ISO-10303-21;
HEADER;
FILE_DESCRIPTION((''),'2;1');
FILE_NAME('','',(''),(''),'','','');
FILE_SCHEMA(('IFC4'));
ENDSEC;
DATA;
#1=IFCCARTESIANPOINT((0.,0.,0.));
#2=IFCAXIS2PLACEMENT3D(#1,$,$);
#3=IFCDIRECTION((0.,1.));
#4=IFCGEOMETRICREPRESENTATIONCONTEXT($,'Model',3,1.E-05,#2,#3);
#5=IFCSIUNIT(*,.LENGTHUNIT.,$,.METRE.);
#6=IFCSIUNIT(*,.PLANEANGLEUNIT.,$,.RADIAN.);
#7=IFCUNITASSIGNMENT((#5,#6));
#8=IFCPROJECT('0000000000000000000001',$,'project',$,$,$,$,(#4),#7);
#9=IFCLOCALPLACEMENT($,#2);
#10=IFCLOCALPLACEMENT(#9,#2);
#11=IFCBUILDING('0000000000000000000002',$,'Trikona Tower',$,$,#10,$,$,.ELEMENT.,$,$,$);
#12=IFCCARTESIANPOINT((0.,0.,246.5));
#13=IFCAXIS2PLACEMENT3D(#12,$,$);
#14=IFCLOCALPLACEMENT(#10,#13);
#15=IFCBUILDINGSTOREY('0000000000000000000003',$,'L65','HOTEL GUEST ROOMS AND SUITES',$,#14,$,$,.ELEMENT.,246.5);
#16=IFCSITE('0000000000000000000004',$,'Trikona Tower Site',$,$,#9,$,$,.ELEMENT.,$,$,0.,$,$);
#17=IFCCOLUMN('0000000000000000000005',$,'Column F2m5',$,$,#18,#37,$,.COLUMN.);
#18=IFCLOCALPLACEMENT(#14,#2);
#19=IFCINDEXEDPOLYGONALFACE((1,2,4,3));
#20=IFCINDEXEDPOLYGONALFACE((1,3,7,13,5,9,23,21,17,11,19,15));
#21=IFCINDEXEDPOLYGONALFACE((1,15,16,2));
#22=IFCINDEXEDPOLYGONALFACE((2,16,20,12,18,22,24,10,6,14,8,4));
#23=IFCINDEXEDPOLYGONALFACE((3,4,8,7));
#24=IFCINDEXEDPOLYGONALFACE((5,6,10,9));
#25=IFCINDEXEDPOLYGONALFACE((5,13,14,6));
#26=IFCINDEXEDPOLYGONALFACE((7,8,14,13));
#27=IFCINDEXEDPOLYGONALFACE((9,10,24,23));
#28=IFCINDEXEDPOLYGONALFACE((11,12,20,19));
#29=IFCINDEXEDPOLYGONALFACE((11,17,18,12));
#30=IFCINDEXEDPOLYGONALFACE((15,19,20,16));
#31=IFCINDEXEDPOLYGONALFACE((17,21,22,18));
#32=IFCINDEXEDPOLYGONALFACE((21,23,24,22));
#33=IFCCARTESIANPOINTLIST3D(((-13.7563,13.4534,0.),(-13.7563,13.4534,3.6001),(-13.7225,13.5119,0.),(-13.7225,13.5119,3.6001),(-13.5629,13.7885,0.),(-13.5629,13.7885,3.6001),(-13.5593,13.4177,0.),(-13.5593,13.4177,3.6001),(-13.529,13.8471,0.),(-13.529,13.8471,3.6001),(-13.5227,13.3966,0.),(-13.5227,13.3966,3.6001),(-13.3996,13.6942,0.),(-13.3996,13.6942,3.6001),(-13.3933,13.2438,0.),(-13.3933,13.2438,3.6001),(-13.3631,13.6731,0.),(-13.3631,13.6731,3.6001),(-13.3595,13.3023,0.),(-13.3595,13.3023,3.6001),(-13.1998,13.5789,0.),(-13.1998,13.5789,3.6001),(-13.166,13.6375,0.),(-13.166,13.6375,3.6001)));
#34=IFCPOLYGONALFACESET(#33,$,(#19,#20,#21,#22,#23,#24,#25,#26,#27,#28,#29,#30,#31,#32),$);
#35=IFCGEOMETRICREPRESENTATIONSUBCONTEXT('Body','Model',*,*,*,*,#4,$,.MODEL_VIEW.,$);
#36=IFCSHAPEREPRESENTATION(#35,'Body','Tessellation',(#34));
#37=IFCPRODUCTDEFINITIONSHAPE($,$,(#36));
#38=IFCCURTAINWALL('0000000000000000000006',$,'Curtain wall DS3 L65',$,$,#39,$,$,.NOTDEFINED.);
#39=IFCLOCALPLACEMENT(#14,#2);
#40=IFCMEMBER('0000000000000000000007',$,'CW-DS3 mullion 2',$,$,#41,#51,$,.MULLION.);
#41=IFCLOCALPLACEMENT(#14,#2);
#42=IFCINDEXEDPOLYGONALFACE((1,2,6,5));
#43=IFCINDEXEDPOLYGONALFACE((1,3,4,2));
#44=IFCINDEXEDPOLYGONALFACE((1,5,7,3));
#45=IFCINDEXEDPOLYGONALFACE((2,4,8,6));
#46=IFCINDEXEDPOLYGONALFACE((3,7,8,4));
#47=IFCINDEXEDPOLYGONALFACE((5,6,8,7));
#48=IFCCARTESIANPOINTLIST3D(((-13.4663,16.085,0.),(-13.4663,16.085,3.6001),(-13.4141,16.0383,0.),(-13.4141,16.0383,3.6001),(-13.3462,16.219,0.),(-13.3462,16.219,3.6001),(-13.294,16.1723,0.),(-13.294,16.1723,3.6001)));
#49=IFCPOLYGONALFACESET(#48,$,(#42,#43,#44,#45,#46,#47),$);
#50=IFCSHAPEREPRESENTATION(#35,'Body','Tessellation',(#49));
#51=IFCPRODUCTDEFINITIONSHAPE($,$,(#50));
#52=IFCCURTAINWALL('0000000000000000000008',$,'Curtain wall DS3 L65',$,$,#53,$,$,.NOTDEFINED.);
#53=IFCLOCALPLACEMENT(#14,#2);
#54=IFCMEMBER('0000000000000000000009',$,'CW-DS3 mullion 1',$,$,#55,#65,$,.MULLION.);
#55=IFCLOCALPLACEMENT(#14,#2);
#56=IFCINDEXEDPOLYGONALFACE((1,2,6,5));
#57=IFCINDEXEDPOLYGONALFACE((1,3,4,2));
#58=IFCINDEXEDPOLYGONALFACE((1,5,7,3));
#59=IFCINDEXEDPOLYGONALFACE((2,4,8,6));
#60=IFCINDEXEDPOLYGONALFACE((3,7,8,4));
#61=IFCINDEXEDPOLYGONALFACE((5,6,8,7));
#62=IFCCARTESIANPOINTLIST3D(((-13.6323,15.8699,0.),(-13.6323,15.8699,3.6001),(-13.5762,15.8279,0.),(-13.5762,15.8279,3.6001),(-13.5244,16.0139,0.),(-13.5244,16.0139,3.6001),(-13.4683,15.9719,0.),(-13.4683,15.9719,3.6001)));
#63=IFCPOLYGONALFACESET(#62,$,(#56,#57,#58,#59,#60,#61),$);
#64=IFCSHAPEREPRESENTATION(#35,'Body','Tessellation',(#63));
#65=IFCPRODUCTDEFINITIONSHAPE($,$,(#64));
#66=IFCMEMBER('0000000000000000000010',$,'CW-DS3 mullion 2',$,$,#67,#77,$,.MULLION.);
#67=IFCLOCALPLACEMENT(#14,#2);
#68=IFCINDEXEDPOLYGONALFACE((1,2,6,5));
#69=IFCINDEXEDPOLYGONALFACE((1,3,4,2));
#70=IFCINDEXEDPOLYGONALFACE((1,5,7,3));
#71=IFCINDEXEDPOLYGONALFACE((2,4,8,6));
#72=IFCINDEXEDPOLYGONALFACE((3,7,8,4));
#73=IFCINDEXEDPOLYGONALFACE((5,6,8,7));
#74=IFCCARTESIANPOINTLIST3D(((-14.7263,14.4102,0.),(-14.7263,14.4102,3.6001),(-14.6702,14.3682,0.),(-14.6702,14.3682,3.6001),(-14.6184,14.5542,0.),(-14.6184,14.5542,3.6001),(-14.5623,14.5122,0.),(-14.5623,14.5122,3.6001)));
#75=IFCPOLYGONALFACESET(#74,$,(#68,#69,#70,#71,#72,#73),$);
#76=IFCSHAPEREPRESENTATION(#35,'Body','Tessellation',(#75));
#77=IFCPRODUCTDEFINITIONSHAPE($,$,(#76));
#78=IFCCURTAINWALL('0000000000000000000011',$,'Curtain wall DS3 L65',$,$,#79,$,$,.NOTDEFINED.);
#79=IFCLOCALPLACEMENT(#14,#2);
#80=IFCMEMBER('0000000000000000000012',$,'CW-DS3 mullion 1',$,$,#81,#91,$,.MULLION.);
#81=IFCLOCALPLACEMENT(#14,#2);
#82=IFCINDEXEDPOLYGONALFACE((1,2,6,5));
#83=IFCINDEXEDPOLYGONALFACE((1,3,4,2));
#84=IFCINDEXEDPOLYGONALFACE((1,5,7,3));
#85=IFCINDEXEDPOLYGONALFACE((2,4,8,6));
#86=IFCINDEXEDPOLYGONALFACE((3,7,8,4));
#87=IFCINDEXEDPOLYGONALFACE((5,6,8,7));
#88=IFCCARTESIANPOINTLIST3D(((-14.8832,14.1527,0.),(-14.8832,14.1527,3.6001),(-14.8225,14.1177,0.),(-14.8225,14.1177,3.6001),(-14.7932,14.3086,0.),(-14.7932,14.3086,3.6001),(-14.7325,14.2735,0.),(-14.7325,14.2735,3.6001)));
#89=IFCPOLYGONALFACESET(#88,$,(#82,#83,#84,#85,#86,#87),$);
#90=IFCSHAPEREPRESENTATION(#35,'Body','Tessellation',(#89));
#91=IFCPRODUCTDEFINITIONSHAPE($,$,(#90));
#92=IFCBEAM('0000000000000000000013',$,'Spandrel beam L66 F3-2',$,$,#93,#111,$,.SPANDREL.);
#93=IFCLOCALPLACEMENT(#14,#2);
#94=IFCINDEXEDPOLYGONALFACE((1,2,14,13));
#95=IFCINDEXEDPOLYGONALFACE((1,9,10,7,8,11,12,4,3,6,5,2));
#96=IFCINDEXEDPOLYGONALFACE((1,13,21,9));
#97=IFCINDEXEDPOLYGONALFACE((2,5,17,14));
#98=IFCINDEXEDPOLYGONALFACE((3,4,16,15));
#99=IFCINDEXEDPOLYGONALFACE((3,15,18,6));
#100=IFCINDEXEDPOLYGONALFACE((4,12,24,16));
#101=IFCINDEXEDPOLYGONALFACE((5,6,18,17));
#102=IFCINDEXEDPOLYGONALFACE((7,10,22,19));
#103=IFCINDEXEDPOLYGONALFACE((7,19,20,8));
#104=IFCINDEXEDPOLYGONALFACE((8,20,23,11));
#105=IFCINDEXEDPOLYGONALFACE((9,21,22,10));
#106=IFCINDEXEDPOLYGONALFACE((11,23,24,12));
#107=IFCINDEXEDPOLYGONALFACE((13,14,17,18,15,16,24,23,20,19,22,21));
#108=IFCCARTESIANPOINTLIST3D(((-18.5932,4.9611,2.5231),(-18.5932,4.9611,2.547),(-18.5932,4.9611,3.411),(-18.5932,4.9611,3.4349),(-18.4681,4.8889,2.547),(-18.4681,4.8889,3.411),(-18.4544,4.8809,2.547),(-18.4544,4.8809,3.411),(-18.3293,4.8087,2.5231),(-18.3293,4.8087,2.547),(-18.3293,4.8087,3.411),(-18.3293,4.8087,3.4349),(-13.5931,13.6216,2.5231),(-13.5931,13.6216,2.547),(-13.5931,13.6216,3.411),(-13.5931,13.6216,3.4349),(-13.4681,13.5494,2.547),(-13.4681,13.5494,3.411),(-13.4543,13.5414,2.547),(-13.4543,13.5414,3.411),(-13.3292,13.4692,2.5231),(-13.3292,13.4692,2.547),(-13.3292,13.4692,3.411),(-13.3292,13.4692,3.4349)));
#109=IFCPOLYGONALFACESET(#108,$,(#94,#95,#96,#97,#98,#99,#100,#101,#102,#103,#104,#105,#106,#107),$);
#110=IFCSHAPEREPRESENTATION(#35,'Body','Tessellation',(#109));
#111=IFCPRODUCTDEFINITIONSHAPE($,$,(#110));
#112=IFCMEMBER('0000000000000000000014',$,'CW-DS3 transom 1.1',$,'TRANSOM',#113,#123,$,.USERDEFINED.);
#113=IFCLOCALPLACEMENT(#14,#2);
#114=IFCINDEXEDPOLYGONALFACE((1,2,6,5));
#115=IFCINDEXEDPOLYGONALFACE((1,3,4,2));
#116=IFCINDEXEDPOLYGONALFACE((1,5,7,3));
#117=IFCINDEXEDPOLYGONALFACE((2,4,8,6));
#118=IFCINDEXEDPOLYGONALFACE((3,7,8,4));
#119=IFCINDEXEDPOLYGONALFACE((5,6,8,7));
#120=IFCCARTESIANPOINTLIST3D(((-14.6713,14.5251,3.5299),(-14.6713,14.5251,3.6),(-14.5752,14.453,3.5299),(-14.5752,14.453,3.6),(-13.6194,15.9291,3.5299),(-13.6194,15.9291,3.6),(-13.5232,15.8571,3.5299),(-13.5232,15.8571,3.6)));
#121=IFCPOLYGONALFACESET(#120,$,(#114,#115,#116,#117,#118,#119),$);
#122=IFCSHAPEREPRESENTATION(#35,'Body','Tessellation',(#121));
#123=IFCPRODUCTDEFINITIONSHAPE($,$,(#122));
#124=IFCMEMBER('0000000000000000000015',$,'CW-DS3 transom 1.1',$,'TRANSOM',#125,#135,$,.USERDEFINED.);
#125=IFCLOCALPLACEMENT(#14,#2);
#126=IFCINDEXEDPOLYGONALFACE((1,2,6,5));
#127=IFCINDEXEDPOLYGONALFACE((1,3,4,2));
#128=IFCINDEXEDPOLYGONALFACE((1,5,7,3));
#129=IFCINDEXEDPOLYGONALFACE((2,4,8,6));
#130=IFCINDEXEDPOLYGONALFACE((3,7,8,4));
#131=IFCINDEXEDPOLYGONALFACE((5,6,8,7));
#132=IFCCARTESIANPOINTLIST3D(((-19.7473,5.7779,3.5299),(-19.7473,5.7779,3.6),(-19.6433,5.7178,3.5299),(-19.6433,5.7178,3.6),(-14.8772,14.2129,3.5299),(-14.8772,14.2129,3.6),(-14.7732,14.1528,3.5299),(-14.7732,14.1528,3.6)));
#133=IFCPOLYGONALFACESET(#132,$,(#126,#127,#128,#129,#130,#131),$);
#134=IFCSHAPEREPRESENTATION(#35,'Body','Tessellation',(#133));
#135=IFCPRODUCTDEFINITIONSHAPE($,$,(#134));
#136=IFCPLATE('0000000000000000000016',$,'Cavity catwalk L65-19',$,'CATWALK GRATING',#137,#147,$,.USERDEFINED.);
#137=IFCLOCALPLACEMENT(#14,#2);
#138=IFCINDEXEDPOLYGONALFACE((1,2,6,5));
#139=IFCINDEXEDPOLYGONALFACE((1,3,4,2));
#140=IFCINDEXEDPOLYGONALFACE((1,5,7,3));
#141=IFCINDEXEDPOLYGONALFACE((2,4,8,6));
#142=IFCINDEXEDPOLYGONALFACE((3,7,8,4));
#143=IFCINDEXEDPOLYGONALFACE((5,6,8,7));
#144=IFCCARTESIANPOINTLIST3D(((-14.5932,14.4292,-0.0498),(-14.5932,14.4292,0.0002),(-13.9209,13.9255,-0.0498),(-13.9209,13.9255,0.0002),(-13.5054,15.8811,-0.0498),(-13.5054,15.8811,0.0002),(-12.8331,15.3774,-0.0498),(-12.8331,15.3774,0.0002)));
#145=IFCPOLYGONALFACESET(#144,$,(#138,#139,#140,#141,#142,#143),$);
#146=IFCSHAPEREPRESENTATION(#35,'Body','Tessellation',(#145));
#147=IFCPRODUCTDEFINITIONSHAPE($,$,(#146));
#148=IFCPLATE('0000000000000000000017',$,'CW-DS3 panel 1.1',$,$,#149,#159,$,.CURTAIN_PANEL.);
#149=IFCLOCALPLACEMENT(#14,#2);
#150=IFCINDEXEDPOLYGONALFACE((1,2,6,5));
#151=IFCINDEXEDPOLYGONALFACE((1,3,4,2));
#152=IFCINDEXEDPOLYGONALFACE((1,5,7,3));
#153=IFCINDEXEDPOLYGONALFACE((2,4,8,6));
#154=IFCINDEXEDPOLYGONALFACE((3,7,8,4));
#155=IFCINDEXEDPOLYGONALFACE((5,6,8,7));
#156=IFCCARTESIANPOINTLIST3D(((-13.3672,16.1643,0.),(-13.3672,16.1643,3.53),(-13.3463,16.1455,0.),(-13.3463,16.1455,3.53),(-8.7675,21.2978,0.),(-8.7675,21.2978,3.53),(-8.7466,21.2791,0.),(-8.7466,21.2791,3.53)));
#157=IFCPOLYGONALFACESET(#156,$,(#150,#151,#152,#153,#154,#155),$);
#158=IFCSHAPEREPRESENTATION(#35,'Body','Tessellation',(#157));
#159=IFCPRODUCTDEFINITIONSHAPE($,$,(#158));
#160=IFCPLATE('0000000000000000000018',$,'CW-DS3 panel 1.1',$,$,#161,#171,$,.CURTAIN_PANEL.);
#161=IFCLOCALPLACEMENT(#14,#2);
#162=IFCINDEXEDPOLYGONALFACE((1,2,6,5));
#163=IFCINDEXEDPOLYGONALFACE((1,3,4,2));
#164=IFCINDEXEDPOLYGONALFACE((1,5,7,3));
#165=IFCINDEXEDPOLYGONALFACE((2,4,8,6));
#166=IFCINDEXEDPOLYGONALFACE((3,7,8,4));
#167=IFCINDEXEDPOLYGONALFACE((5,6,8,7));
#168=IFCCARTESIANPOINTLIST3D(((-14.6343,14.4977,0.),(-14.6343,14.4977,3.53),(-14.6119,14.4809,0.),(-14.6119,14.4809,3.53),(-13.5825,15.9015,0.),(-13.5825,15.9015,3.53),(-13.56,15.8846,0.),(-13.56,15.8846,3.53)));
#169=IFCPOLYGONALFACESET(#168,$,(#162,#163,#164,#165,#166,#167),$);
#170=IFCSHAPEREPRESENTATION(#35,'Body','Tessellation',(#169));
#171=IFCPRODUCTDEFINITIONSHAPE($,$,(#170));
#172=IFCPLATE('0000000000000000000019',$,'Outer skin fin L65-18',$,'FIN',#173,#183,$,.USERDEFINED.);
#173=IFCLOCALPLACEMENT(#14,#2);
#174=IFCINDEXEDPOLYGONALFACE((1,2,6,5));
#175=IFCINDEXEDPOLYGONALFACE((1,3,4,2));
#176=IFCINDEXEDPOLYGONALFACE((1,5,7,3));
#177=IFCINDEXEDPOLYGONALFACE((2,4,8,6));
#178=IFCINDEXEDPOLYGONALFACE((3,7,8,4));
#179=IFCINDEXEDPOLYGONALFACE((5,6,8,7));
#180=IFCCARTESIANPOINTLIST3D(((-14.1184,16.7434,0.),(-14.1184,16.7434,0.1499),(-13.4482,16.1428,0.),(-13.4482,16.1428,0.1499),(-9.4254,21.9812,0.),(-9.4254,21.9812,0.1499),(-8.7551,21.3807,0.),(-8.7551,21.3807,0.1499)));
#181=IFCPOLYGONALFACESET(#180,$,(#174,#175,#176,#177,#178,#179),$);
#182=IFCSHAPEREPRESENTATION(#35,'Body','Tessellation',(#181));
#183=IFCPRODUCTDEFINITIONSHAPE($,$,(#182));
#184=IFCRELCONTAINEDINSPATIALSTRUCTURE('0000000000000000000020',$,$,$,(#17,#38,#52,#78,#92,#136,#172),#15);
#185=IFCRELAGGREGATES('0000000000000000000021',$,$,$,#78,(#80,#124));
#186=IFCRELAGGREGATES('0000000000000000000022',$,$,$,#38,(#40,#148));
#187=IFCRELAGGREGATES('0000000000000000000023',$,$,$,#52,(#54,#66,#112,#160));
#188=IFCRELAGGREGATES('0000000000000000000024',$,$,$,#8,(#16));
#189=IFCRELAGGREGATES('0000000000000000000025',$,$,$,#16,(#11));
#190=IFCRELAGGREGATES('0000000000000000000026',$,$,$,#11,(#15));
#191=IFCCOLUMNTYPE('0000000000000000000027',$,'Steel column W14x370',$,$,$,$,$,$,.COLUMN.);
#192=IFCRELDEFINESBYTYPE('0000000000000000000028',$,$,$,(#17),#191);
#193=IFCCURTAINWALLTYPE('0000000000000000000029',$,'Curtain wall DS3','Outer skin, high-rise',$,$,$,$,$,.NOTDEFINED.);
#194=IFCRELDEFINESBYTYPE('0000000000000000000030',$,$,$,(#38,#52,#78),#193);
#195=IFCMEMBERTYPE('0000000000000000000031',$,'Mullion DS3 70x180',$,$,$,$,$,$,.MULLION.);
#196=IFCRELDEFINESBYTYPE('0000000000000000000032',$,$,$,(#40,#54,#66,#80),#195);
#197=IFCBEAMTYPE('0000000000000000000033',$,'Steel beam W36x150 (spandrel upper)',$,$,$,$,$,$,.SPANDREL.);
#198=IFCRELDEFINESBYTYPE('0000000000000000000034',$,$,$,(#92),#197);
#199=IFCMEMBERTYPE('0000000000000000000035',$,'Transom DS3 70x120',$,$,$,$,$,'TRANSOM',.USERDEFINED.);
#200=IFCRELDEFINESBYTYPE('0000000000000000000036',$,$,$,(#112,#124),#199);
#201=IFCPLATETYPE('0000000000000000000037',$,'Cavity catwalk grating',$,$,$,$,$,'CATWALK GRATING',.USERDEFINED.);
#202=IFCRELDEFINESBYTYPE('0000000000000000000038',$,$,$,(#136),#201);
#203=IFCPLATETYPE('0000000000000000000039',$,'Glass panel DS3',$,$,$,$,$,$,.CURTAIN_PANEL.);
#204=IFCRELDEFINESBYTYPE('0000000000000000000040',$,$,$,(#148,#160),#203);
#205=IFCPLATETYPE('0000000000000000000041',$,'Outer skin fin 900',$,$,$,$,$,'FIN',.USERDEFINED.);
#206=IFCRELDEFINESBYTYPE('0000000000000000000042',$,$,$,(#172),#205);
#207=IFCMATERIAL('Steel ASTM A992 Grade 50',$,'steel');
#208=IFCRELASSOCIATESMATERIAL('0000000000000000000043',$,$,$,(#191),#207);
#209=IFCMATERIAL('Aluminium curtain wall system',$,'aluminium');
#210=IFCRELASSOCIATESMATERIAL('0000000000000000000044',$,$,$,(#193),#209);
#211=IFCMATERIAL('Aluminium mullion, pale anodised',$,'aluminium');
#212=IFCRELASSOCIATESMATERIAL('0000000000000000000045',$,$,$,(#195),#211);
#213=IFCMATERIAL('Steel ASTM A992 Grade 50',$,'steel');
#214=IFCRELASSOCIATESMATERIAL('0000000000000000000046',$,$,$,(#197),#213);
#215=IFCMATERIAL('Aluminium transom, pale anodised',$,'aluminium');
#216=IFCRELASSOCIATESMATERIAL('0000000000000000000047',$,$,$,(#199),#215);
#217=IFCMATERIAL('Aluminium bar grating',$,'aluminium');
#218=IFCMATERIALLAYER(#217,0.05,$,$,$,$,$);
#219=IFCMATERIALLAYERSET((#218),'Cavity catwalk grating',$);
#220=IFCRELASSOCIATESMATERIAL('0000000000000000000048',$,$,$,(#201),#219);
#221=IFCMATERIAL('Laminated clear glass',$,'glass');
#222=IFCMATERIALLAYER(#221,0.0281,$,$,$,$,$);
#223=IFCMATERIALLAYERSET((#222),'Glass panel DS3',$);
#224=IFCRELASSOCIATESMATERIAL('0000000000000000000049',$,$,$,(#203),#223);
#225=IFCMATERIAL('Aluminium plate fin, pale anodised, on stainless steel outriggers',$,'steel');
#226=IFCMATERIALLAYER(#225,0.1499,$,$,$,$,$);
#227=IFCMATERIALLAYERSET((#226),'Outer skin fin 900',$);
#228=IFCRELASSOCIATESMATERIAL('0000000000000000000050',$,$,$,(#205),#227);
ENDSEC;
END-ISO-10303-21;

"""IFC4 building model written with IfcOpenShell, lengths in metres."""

from ifc_helpers import new_model, si_unit, direction, frame, origin, origin_2d, place, context, subcontext, project, spatial, rectangle, i_section, extrude, material, layer, layer_set, material_profile, profile_set, type_object, element, aggregate, save


model = new_model("IFC4")

# Units and contexts
model_context = context("Model", 3, precision=1e-05, world=origin(), true_north=direction((0.0, 1.0)))
body_context = subcontext(model_context, "Body", "Model", "MODEL_VIEW")
ifc_project = project(units=[si_unit("LENGTHUNIT", "METRE"), si_unit("PLANEANGLEUNIT", "RADIAN")], contexts=[model_context])

# Site, building, storey
site_placement = place(None, origin())
site = spatial("IfcSite", under=ifc_project, at=site_placement, Name="Trikona Tower Site", CompositionType="ELEMENT", RefElevation=0.0)
building_placement = place(site_placement, origin())
building = spatial("IfcBuilding", under=site, at=building_placement, Name="Trikona Tower", CompositionType="ELEMENT")
storey_placement = place(building_placement, frame((0.0, 0.0, 246.5)))
storey = spatial("IfcBuildingStorey", under=building, at=storey_placement, Name="L65", Description="HOTEL GUEST ROOMS AND SUITES", CompositionType="ELEMENT", Elevation=246.5)

# Column
ifc_material_1 = material(Name="Steel ASTM A992 Grade 50", Category="steel")
ifc_material_profile_1 = material_profile(ifc_material_1, i_section(OverallWidth=0.4192, OverallDepth=0.4546, WebThickness=0.0422, FlangeThickness=0.0676, at=origin_2d()), Name="W14X370")
ifc_profile_set_1 = profile_set([ifc_material_profile_1], Name="Steel ASTM A992 Grade 50")
column_type = type_object("IfcColumnType", Name="Steel column W14x370", PredefinedType="COLUMN", material=ifc_profile_set_1)
column_placement = place(storey_placement, frame((-13.4612, 13.5454, 0.0), z_axis=(0.0, 0.0, 1.0), x_axis=(-0.866025, 0.5, 0.0)))
element("IfcColumn", 1, at=column_placement, inside=storey, type_object=column_type, Name="Column F2m5", PredefinedType="COLUMN", context=body_context, shape_type="SweptSolid", body=[
    extrude(i_section(OverallWidth=0.4192, OverallDepth=0.4546, WebThickness=0.0422, FlangeThickness=0.0676, at=origin_2d()), origin(), (0.0, 0.0, 1.0), 3.6001),
])

# Curtain wall, member
ifc_material_2 = material(Name="Aluminium curtain wall system", Category="aluminium")
curtain_wall_type = type_object("IfcCurtainWallType", Name="Curtain wall DS3", Description="Outer skin, high-rise", PredefinedType="NOTDEFINED", material=ifc_material_2)
curtain_wall_1_placement = place(storey_placement, origin())
curtain_wall_1 = element("IfcCurtainWall", 2, at=curtain_wall_1_placement, inside=storey, type_object=curtain_wall_type, Name="Curtain wall DS3 L65", PredefinedType="NOTDEFINED")
ifc_material_3 = material(Name="Aluminium mullion, pale anodised", Category="aluminium")
ifc_material_profile_2 = material_profile(ifc_material_3, rectangle(XDim=0.0701, YDim=0.1799, at=origin_2d()), Name="MUL-DS3")
ifc_profile_set_2 = profile_set([ifc_material_profile_2], Name="Aluminium mullion, pale anodised")
member_type_1 = type_object("IfcMemberType", Name="Mullion DS3 70x180", PredefinedType="MULLION", material=ifc_profile_set_2)
member_1_placement = place(storey_placement, frame((-13.3801, 16.1287, 0.0), z_axis=(0.0, 0.0, 1.0), x_axis=(0.744771, -0.66732, 0.0)))
member_1 = element("IfcMember", 3, at=member_1_placement, type_object=member_type_1, Name="CW-DS3 mullion 2", PredefinedType="MULLION", context=body_context, shape_type="SweptSolid", body=[
    extrude(rectangle(XDim=0.0701, YDim=0.1799, at=origin_2d()), origin(), (0.0, 0.0, 1.0), 3.6001),
])

# Curtain wall, members
curtain_wall_2_placement = place(storey_placement, origin())
curtain_wall_2 = element("IfcCurtainWall", 4, at=curtain_wall_2_placement, inside=storey, type_object=curtain_wall_type, Name="Curtain wall DS3 L65", PredefinedType="NOTDEFINED")
member_2_placement = place(storey_placement, frame((-13.5503, 15.9209, 0.0), z_axis=(0.0, 0.0, 1.0), x_axis=(0.80026, -0.599654, 0.0)))
member_2 = element("IfcMember", 5, at=member_2_placement, type_object=member_type_1, Name="CW-DS3 mullion 1", PredefinedType="MULLION", context=body_context, shape_type="SweptSolid", body=[
    extrude(rectangle(XDim=0.0701, YDim=0.1799, at=origin_2d()), origin(), (0.0, 0.0, 1.0), 3.6001),
])
member_3_placement = place(storey_placement, frame((-14.6443, 14.4612, 0.0), z_axis=(0.0, 0.0, 1.0), x_axis=(0.80026, -0.599654, 0.0)))
member_3 = element("IfcMember", 6, at=member_3_placement, type_object=member_type_1, Name="CW-DS3 mullion 2", PredefinedType="MULLION", context=body_context, shape_type="SweptSolid", body=[
    extrude(rectangle(XDim=0.0701, YDim=0.1799, at=origin_2d()), origin(), (0.0, 0.0, 1.0), 3.6001),
])

# Curtain wall, member
curtain_wall_3_placement = place(storey_placement, origin())
curtain_wall_3 = element("IfcCurtainWall", 7, at=curtain_wall_3_placement, inside=storey, type_object=curtain_wall_type, Name="Curtain wall DS3 L65", PredefinedType="NOTDEFINED")
member_4_placement = place(storey_placement, frame((-14.8079, 14.2131, 0.0), z_axis=(0.0, 0.0, 1.0), x_axis=(0.866025, -0.500001, 0.0)))
member_4 = element("IfcMember", 8, at=member_4_placement, type_object=member_type_1, Name="CW-DS3 mullion 1", PredefinedType="MULLION", context=body_context, shape_type="SweptSolid", body=[
    extrude(rectangle(XDim=0.0701, YDim=0.1799, at=origin_2d()), origin(), (0.0, 0.0, 1.0), 3.6001),
])

# Beam
ifc_material_4 = material(Name="Steel ASTM A992 Grade 50", Category="steel")
ifc_material_profile_3 = material_profile(ifc_material_4, i_section(OverallWidth=0.3047, OverallDepth=0.9119, WebThickness=0.0159, FlangeThickness=0.0239, at=origin_2d()), Name="W36X150")
ifc_profile_set_3 = profile_set([ifc_material_profile_3], Name="Steel ASTM A992 Grade 50")
beam_type = type_object("IfcBeamType", Name="Steel beam W36x150 (spandrel upper)", PredefinedType="SPANDREL", material=ifc_profile_set_3)
beam_placement = place(storey_placement, frame((-13.4612, 13.5454, 2.979), z_axis=(-0.499994, -0.866029, 0.0), x_axis=(0.866029, -0.499994, 0.0)))
element("IfcBeam", 9, at=beam_placement, inside=storey, type_object=beam_type, Name="Spandrel beam L66 F3-2", PredefinedType="SPANDREL", context=body_context, shape_type="SweptSolid", body=[
    extrude(i_section(OverallWidth=0.3047, OverallDepth=0.9119, WebThickness=0.0159, FlangeThickness=0.0239, at=origin_2d()), origin(), (0.0, 0.0, 1.0), 10.0002),
])

# Members
ifc_material_5 = material(Name="Aluminium transom, pale anodised", Category="aluminium")
ifc_material_profile_4 = material_profile(ifc_material_5, rectangle(XDim=0.1201, YDim=0.0701, at=origin_2d()), Name="TRN-DS3")
ifc_profile_set_4 = profile_set([ifc_material_profile_4], Name="Aluminium transom, pale anodised")
member_type_2 = type_object("IfcMemberType", Name="Transom DS3 70x120", ElementType="TRANSOM", PredefinedType="USERDEFINED", material=ifc_profile_set_4)
member_5_placement = place(storey_placement, frame((-13.5713, 15.8931, 3.5649), z_axis=(-0.599621, -0.800284, 0.0), x_axis=(0.800284, -0.599621, 0.0)))
member_5 = element("IfcMember", 10, at=member_5_placement, type_object=member_type_2, Name="CW-DS3 transom 1.1", ObjectType="TRANSOM", PredefinedType="USERDEFINED", context=body_context, shape_type="SweptSolid", body=[
    extrude(rectangle(XDim=0.1201, YDim=0.0701, at=origin_2d()), origin(), (0.0, 0.0, 1.0), 1.7544),
])
member_6_placement = place(storey_placement, frame((-14.8252, 14.1829, 3.5649), z_axis=(-0.50001, -0.866019, 0.0), x_axis=(0.866019, -0.50001, 0.0)))
member_6 = element("IfcMember", 11, at=member_6_placement, type_object=member_type_2, Name="CW-DS3 transom 1.1", ObjectType="TRANSOM", PredefinedType="USERDEFINED", context=body_context, shape_type="SweptSolid", body=[
    extrude(rectangle(XDim=0.1201, YDim=0.0701, at=origin_2d()), origin(), (0.0, 0.0, 1.0), 9.74),
])
aggregate(curtain_wall_3, [member_4, member_6])

# Plates
ifc_material_6 = material(Name="Aluminium bar grating", Category="aluminium")
ifc_layer_1 = layer(ifc_material_6, 0.05)
ifc_layer_set_1 = layer_set([ifc_layer_1], Name="Cavity catwalk grating")
plate_type_1 = type_object("IfcPlateType", Name="Cavity catwalk grating", ElementType="CATWALK GRATING", PredefinedType="USERDEFINED", material=ifc_layer_set_1)
plate_1_placement = place(storey_placement, frame((-13.7131, 14.9033, -0.0498), z_axis=(0.0, 0.0, 1.0), x_axis=(-0.599619, -0.800286, 0.0)))
element("IfcPlate", 12, at=plate_1_placement, inside=storey, type_object=plate_type_1, Name="Cavity catwalk L65-19", ObjectType="CATWALK GRATING", PredefinedType="USERDEFINED", context=body_context, shape_type="SweptSolid", body=[
    extrude(rectangle(XDim=1.8142, YDim=0.8401, at=origin_2d()), origin(), (0.0, 0.0, 1.0), 0.05),
])
ifc_material_7 = material(Name="Laminated clear glass", Category="glass")
ifc_layer_2 = layer(ifc_material_7, 0.0281)
ifc_layer_set_2 = layer_set([ifc_layer_2], Name="Glass panel DS3")
plate_type_2 = type_object("IfcPlateType", Name="Glass panel DS3", PredefinedType="CURTAIN_PANEL", material=ifc_layer_set_2)
plate_2_placement = place(storey_placement, frame((-11.0569, 18.7217, 0.0), z_axis=(0.0, 0.0, 1.0), x_axis=(-0.66732, -0.744771, 0.0)))
plate_2 = element("IfcPlate", 13, at=plate_2_placement, type_object=plate_type_2, Name="CW-DS3 panel 1.1", PredefinedType="CURTAIN_PANEL", context=body_context, shape_type="SweptSolid", body=[
    extrude(rectangle(XDim=6.8928, YDim=0.0281, at=origin_2d()), origin(), (0.0, 0.0, 1.0), 3.53),
])
aggregate(curtain_wall_1, [member_1, plate_2])
plate_3_placement = place(storey_placement, frame((-14.0972, 15.1912, 0.0), z_axis=(0.0, 0.0, 1.0), x_axis=(-0.599654, -0.80026, 0.0)))
plate_3 = element("IfcPlate", 14, at=plate_3_placement, type_object=plate_type_2, Name="CW-DS3 panel 1.1", PredefinedType="CURTAIN_PANEL", context=body_context, shape_type="SweptSolid", body=[
    extrude(rectangle(XDim=1.7542, YDim=0.0281, at=origin_2d()), origin(), (0.0, 0.0, 1.0), 3.53),
])
aggregate(curtain_wall_2, [member_2, member_3, member_5, plate_3])

# Plate
ifc_material_8 = material(Name="Aluminium plate fin, pale anodised, on stainless steel outriggers", Category="steel")
ifc_layer_3 = layer(ifc_material_8, 0.1499)
ifc_layer_set_3 = layer_set([ifc_layer_3], Name="Outer skin fin 900")
plate_type_3 = type_object("IfcPlateType", Name="Outer skin fin 900", ElementType="FIN", PredefinedType="USERDEFINED", material=ifc_layer_set_3)
plate_4_placement = place(storey_placement, frame((-11.4368, 19.062, 0.0), z_axis=(0.0, 0.0, 1.0), x_axis=(-0.667311, -0.744779, 0.0)))
element("IfcPlate", 15, at=plate_4_placement, inside=storey, type_object=plate_type_3, Name="Outer skin fin L65-18", ObjectType="FIN", PredefinedType="USERDEFINED", context=body_context, shape_type="SweptSolid", body=[
    extrude(rectangle(XDim=7.0327, YDim=0.8999, at=origin_2d()), origin(), (0.0, 0.0, 1.0), 0.1499),
])

save(model, "model.ifc")
